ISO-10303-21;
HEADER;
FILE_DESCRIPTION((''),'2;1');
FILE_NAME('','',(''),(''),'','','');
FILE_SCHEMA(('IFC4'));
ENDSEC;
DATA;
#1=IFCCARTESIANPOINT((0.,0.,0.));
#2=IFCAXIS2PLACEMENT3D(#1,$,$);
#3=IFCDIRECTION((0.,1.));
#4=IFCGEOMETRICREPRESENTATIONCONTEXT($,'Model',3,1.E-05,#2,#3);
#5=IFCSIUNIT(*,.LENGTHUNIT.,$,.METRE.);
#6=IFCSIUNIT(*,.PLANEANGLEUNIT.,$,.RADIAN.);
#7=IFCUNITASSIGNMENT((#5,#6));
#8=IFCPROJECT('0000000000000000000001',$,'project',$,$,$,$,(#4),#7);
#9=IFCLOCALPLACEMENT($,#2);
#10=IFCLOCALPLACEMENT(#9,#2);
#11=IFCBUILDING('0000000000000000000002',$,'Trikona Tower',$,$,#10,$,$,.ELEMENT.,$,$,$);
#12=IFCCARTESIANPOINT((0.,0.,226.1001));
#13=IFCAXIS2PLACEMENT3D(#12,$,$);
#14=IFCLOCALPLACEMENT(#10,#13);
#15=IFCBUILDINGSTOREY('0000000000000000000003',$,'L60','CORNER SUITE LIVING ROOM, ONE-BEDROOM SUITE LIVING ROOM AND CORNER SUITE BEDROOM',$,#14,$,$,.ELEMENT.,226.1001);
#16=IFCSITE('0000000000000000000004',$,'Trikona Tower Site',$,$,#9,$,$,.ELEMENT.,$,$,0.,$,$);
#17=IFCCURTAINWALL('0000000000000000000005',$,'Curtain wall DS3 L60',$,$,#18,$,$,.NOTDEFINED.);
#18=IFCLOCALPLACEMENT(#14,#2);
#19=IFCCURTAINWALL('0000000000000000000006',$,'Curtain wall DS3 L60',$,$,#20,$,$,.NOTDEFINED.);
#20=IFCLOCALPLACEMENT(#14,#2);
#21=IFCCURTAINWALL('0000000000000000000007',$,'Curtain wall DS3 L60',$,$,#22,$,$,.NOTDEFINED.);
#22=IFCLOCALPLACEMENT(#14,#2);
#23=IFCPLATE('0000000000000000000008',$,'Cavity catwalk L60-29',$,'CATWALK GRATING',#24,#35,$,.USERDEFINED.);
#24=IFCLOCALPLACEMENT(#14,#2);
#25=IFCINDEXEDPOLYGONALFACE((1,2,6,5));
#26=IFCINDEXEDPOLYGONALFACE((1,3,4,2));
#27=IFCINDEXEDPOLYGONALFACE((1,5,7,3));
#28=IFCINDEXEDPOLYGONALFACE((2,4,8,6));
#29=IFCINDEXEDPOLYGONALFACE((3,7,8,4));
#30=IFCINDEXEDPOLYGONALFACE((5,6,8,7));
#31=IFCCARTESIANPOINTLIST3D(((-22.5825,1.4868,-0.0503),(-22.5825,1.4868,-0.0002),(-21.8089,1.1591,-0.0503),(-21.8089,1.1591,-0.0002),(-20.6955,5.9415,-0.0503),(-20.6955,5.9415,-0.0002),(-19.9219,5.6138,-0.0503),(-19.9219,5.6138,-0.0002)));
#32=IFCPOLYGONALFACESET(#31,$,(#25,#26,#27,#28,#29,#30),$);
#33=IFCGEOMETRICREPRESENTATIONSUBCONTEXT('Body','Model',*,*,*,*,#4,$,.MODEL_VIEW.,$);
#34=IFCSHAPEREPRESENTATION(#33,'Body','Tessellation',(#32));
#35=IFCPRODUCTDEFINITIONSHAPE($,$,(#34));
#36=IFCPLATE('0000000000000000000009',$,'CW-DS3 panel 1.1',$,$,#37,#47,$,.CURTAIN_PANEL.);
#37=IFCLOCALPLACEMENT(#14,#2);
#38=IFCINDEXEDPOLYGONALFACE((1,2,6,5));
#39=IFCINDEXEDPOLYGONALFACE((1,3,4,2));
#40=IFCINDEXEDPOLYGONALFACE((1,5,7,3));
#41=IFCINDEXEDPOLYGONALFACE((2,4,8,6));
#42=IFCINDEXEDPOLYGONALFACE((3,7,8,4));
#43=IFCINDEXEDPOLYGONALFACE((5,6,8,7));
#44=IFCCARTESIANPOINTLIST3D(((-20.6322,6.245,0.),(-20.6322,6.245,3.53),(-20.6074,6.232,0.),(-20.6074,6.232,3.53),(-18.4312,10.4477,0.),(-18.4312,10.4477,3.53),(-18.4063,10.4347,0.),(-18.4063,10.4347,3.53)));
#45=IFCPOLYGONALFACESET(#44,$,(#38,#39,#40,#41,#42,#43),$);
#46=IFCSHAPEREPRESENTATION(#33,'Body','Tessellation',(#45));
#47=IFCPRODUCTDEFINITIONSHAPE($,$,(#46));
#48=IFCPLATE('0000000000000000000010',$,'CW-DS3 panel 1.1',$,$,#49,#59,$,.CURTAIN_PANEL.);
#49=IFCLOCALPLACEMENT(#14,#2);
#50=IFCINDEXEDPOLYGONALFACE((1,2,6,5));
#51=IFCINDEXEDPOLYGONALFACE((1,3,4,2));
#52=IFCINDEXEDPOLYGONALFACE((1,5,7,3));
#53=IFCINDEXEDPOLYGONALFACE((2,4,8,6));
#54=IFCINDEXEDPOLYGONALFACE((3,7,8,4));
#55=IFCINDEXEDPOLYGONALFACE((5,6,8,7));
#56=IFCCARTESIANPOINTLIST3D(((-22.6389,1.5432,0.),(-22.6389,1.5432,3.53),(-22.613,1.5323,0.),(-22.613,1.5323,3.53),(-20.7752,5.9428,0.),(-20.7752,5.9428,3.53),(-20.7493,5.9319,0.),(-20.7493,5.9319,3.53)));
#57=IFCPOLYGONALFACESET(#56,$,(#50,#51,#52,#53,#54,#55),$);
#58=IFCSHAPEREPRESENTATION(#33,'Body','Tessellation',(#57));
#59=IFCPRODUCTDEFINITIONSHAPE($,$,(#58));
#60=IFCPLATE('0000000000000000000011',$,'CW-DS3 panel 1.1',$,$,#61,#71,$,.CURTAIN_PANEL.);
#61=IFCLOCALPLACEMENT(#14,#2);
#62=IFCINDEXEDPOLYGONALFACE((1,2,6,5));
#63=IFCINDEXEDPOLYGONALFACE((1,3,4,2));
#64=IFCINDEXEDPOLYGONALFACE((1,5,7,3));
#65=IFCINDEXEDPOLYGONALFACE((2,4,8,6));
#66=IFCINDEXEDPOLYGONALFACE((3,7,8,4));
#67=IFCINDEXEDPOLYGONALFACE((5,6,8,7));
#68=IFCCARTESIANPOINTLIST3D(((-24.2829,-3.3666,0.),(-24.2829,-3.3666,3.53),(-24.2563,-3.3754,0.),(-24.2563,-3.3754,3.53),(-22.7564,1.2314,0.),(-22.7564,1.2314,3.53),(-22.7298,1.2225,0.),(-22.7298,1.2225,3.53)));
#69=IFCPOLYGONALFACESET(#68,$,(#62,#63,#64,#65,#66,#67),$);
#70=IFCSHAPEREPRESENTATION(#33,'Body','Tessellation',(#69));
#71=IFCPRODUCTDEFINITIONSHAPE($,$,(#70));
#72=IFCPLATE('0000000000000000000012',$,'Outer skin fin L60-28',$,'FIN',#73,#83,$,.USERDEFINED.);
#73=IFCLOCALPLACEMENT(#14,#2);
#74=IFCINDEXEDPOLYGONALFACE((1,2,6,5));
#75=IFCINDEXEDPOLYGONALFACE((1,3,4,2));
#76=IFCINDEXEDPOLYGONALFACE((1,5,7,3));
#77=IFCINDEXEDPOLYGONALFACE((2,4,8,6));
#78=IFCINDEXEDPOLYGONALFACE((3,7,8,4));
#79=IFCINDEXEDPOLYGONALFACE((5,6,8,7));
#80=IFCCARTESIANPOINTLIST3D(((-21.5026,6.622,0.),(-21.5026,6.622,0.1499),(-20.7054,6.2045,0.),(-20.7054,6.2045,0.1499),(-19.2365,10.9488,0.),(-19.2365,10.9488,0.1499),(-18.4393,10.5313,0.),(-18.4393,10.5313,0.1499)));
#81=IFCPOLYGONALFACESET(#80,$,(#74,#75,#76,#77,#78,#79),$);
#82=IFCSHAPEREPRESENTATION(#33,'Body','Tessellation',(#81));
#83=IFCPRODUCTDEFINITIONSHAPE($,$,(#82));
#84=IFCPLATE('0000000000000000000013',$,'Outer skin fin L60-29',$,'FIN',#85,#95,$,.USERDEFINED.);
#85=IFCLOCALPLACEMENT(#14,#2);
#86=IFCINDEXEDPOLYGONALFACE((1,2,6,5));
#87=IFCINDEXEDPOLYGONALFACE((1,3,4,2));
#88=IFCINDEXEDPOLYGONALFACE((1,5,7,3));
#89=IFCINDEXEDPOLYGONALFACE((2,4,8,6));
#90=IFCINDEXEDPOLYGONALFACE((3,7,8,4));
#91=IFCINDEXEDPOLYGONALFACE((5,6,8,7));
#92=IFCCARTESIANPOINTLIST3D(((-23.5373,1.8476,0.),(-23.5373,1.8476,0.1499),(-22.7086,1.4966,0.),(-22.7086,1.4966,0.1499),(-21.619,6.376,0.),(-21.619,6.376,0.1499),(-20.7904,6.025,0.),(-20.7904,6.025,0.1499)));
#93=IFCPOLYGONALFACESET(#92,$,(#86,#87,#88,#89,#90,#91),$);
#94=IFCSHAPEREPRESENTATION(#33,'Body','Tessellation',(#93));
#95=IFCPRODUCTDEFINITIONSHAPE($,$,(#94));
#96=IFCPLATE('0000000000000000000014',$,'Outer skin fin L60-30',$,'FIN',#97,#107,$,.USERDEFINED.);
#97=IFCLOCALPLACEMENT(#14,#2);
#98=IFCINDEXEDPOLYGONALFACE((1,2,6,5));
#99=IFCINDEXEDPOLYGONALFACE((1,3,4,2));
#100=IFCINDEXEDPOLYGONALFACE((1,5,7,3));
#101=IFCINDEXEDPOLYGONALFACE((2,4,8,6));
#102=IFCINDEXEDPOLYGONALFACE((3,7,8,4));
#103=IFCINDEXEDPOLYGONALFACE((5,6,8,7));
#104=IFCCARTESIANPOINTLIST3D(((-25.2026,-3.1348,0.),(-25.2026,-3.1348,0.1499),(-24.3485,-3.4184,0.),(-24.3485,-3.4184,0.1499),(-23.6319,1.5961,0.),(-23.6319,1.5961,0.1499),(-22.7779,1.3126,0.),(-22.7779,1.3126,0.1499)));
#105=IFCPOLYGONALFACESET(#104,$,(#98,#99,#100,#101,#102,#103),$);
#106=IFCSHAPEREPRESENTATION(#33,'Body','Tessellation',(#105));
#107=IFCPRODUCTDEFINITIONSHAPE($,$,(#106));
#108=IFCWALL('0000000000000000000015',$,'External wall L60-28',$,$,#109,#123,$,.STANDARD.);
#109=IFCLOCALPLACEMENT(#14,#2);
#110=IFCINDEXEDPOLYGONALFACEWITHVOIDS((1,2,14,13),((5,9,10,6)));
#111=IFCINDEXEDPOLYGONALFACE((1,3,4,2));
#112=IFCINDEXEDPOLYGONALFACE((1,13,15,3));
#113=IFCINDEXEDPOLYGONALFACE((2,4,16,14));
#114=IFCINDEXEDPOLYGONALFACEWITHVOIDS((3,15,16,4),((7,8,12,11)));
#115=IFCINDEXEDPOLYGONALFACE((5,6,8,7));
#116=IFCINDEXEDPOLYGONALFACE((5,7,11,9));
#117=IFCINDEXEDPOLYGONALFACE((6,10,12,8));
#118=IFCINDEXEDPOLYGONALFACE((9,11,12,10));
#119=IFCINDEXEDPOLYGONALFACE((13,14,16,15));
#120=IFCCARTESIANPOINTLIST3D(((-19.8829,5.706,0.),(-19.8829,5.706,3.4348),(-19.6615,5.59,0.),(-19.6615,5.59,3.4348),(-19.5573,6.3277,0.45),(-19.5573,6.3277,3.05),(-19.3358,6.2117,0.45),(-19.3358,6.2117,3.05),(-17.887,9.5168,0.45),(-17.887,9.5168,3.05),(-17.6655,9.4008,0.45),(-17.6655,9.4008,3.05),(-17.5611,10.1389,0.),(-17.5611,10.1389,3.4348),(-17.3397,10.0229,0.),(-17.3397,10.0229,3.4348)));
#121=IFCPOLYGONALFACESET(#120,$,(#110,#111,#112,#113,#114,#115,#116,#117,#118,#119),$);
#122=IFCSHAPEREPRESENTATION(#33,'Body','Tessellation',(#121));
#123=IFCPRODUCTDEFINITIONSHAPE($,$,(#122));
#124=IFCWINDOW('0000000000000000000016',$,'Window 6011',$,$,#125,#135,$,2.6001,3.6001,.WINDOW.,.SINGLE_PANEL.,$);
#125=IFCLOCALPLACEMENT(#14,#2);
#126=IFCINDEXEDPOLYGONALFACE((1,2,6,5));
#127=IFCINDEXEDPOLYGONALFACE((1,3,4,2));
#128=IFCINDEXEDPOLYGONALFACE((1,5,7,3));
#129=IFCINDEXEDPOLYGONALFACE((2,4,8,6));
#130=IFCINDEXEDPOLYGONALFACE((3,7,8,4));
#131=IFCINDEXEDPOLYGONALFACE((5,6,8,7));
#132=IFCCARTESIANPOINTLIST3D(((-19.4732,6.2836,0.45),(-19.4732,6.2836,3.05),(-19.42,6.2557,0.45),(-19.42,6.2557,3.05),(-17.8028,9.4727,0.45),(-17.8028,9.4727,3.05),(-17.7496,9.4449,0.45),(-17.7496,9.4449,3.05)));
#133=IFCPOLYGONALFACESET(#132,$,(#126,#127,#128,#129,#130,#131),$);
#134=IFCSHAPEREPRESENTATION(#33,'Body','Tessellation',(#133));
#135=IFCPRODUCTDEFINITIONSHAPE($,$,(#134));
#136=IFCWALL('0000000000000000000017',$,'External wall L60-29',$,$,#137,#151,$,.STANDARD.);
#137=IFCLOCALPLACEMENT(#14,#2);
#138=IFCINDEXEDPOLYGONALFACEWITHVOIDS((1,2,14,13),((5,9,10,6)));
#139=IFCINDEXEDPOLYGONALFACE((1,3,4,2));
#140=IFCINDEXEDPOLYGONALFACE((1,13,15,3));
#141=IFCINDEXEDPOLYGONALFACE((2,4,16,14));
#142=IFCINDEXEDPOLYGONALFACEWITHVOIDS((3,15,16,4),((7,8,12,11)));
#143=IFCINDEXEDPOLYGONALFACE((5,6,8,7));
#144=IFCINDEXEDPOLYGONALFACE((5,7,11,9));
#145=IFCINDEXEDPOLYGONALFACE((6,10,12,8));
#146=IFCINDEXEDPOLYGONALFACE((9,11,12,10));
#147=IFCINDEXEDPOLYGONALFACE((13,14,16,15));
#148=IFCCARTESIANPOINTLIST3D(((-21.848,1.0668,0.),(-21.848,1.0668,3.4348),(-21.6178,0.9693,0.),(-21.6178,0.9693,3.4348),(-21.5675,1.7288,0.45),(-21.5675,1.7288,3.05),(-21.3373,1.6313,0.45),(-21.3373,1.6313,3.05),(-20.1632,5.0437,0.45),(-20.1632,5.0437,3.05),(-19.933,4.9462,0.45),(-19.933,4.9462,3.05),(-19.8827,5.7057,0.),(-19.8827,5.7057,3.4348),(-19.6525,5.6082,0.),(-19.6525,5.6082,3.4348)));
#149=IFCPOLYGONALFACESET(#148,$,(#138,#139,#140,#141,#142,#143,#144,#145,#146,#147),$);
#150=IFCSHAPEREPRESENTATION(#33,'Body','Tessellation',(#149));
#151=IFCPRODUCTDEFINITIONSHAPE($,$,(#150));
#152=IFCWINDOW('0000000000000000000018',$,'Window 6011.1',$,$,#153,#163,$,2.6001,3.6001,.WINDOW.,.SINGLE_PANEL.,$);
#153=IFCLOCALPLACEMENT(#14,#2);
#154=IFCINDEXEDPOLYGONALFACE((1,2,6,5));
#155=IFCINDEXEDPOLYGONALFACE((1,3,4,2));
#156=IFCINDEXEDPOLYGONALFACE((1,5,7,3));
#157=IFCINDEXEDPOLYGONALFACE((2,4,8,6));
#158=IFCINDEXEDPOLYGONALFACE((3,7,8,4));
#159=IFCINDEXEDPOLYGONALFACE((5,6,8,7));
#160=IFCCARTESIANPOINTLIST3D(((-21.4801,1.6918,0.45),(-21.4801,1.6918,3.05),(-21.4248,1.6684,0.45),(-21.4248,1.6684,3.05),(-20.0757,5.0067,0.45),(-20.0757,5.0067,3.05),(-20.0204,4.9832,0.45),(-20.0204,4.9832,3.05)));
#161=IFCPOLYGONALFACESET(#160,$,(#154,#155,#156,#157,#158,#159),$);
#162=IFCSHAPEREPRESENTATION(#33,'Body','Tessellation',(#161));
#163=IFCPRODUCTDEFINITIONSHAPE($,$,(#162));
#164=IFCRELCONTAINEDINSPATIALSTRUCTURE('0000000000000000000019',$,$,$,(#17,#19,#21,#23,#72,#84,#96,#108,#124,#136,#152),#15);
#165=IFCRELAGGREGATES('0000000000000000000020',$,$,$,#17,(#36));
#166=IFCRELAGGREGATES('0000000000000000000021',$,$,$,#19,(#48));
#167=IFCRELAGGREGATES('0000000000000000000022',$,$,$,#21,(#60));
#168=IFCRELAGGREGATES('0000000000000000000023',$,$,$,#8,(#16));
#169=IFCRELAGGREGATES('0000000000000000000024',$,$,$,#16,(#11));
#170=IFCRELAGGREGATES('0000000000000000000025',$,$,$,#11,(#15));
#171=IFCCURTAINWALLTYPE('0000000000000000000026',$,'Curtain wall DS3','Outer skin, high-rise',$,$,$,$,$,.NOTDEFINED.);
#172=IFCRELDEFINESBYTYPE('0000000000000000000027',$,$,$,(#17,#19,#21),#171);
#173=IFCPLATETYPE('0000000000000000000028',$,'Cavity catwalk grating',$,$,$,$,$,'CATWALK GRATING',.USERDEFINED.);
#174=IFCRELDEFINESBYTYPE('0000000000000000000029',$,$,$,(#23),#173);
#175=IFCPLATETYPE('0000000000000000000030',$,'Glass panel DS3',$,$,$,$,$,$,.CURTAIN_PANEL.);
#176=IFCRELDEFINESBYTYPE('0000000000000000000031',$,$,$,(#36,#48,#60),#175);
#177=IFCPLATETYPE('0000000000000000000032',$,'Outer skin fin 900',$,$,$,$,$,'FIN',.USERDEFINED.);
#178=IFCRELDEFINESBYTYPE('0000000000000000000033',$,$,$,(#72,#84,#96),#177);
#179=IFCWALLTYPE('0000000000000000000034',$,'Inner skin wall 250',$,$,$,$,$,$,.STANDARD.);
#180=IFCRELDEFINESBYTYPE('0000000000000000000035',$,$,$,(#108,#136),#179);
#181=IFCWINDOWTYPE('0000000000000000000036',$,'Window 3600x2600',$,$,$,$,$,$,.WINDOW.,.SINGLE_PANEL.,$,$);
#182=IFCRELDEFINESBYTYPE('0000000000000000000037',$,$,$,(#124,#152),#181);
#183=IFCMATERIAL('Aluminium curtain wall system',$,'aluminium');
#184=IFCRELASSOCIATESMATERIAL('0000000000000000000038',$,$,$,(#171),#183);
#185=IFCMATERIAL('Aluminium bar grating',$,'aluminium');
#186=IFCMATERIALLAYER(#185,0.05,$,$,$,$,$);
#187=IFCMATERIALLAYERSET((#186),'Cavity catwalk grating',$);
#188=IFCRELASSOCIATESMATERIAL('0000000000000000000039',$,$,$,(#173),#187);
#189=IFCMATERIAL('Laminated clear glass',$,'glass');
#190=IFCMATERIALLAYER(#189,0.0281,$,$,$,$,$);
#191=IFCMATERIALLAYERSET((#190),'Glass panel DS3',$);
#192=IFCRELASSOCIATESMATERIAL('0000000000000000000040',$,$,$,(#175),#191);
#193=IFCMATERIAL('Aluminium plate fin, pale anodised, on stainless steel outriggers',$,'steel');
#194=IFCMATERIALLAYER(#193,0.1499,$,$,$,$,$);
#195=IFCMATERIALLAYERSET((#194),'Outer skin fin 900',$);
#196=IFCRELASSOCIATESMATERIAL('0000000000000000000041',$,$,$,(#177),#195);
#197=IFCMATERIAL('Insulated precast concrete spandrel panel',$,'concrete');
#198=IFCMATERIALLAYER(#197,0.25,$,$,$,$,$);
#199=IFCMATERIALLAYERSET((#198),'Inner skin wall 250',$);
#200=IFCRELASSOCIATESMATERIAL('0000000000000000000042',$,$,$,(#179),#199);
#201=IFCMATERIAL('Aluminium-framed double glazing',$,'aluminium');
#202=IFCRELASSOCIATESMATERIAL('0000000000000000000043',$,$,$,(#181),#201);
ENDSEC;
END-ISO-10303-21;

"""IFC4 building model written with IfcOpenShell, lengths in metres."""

from ifc_helpers import new_model, si_unit, direction, frame, frame_2d, origin, origin_2d, place, context, subcontext, project, spatial, rectangle, extrude, material, layer, layer_set, type_object, element, fill, aggregate, save


model = new_model("IFC4")

# Units and contexts
model_context = context("Model", 3, precision=1e-05, world=origin(), true_north=direction((0.0, 1.0)))
body_context = subcontext(model_context, "Body", "Model", "MODEL_VIEW")
ifc_project = project(units=[si_unit("LENGTHUNIT", "METRE"), si_unit("PLANEANGLEUNIT", "RADIAN")], contexts=[model_context])

# Site, building, storey
site_placement = place(None, origin())
site = spatial("IfcSite", under=ifc_project, at=site_placement, Name="Trikona Tower Site", CompositionType="ELEMENT", RefElevation=0.0)
building_placement = place(site_placement, origin())
building = spatial("IfcBuilding", under=site, at=building_placement, Name="Trikona Tower", CompositionType="ELEMENT")
storey_placement = place(building_placement, frame((0.0, 0.0, 226.1001)))
storey = spatial("IfcBuildingStorey", under=building, at=storey_placement, Name="L60", Description="CORNER SUITE LIVING ROOM, ONE-BEDROOM SUITE LIVING ROOM AND CORNER SUITE BEDROOM", CompositionType="ELEMENT", Elevation=226.1001)

# Shared definitions
ifc_material_1 = material(Name="Aluminium curtain wall system", Category="aluminium")
curtain_wall_type = type_object("IfcCurtainWallType", Name="Curtain wall DS3", Description="Outer skin, high-rise", PredefinedType="NOTDEFINED", material=ifc_material_1)

# Curtain walls
curtain_wall_1_placement = place(storey_placement, origin())
curtain_wall_1 = element("IfcCurtainWall", 1, at=curtain_wall_1_placement, inside=storey, type_object=curtain_wall_type, Name="Curtain wall DS3 L60", PredefinedType="NOTDEFINED")
curtain_wall_2_placement = place(storey_placement, origin())
curtain_wall_2 = element("IfcCurtainWall", 2, at=curtain_wall_2_placement, inside=storey, type_object=curtain_wall_type, Name="Curtain wall DS3 L60", PredefinedType="NOTDEFINED")

# Curtain wall
curtain_wall_3_placement = place(storey_placement, origin())
curtain_wall_3 = element("IfcCurtainWall", 3, at=curtain_wall_3_placement, inside=storey, type_object=curtain_wall_type, Name="Curtain wall DS3 L60", PredefinedType="NOTDEFINED")

# Plate
ifc_material_2 = material(Name="Aluminium bar grating", Category="aluminium")
ifc_layer_1 = layer(ifc_material_2, 0.05)
ifc_layer_set_1 = layer_set([ifc_layer_1], Name="Cavity catwalk grating")
plate_type_1 = type_object("IfcPlateType", Name="Cavity catwalk grating", ElementType="CATWALK GRATING", PredefinedType="USERDEFINED", material=ifc_layer_set_1)
plate_1_placement = place(storey_placement, frame((-21.2522, 3.5503, -0.0503), z_axis=(0.0, 0.0, 1.0), x_axis=(-0.390051, -0.920793, 0.0)))
element("IfcPlate", 4, at=plate_1_placement, inside=storey, type_object=plate_type_1, Name="Cavity catwalk L60-29", ObjectType="CATWALK GRATING", PredefinedType="USERDEFINED", context=body_context, shape_type="SweptSolid", body=[
    extrude(rectangle(XDim=4.8379, YDim=0.8401, at=origin_2d()), origin(), (0.0, 0.0, 1.0), 0.05),
])

# Plates
ifc_material_3 = material(Name="Laminated clear glass", Category="glass")
ifc_layer_2 = layer(ifc_material_3, 0.0281)
ifc_layer_set_2 = layer_set([ifc_layer_2], Name="Glass panel DS3")
plate_type_2 = type_object("IfcPlateType", Name="Glass panel DS3", PredefinedType="CURTAIN_PANEL", material=ifc_layer_set_2)
plate_2_placement = place(storey_placement, frame((-19.5193, 8.3398, 0.0), z_axis=(0.0, 0.0, 1.0), x_axis=(-0.463948, -0.885862, 0.0)))
plate_2 = element("IfcPlate", 5, at=plate_2_placement, type_object=plate_type_2, Name="CW-DS3 panel 1.1", PredefinedType="CURTAIN_PANEL", context=body_context, shape_type="SweptSolid", body=[
    extrude(rectangle(XDim=4.7441, YDim=0.0281, at=origin_2d()), origin(), (0.0, 0.0, 1.0), 3.53),
])
aggregate(curtain_wall_1, [plate_2])
plate_3_placement = place(storey_placement, frame((-21.6941, 3.7375, 0.0), z_axis=(0.0, 0.0, 1.0), x_axis=(-0.390053, -0.920792, 0.0)))
plate_3 = element("IfcPlate", 6, at=plate_3_placement, type_object=plate_type_2, Name="CW-DS3 panel 1.1", PredefinedType="CURTAIN_PANEL", context=body_context, shape_type="SweptSolid", body=[
    extrude(rectangle(XDim=4.7781, YDim=0.0281, at=origin_2d()), origin(), (0.0, 0.0, 1.0), 3.53),
])
aggregate(curtain_wall_2, [plate_3])
plate_4_placement = place(storey_placement, frame((-23.5063, -1.072, 0.0), z_axis=(0.0, 0.0, 1.0), x_axis=(-0.315078, -0.949066, 0.0)))
plate_4 = element("IfcPlate", 7, at=plate_4_placement, type_object=plate_type_2, Name="CW-DS3 panel 1.1", PredefinedType="CURTAIN_PANEL", context=body_context, shape_type="SweptSolid", body=[
    extrude(rectangle(XDim=4.8447, YDim=0.0281, at=origin_2d()), origin(), (0.0, 0.0, 1.0), 3.53),
])
aggregate(curtain_wall_3, [plate_4])

# Plates
ifc_material_4 = material(Name="Aluminium plate fin, pale anodised, on stainless steel outriggers", Category="steel")
ifc_layer_3 = layer(ifc_material_4, 0.1499)
ifc_layer_set_3 = layer_set([ifc_layer_3], Name="Outer skin fin 900")
plate_type_3 = type_object("IfcPlateType", Name="Outer skin fin 900", ElementType="FIN", PredefinedType="USERDEFINED", material=ifc_layer_set_3)
plate_5_placement = place(storey_placement, frame((-19.9709, 8.5767, 0.0), z_axis=(0.0, 0.0, 1.0), x_axis=(-0.463952, -0.88586, 0.0)))
element("IfcPlate", 8, at=plate_5_placement, inside=storey, type_object=plate_type_3, Name="Outer skin fin L60-28", ObjectType="FIN", PredefinedType="USERDEFINED", context=body_context, shape_type="SweptSolid", body=[
    extrude(rectangle(XDim=4.8843, YDim=0.8999, at=origin_2d()), origin(), (0.0, 0.0, 1.0), 0.1499),
])
plate_6_placement = place(storey_placement, frame((-22.1638, 3.9363, 0.0), z_axis=(0.0, 0.0, 1.0), x_axis=(-0.390051, -0.920793, 0.0)))
element("IfcPlate", 9, at=plate_6_placement, inside=storey, type_object=plate_type_3, Name="Outer skin fin L60-29", ObjectType="FIN", PredefinedType="USERDEFINED", context=body_context, shape_type="SweptSolid", body=[
    extrude(rectangle(XDim=4.918, YDim=0.8999, at=origin_2d()), origin(), (0.0, 0.0, 1.0), 0.1499),
])
plate_7_placement = place(storey_placement, frame((-23.9902, -0.9111, 0.0), z_axis=(0.0, 0.0, 1.0), x_axis=(-0.315093, -0.949061, 0.0)))
element("IfcPlate", 10, at=plate_7_placement, inside=storey, type_object=plate_type_3, Name="Outer skin fin L60-30", ObjectType="FIN", PredefinedType="USERDEFINED", context=body_context, shape_type="SweptSolid", body=[
    extrude(rectangle(XDim=4.9849, YDim=0.8999, at=origin_2d()), origin(), (0.0, 0.0, 1.0), 0.1499),
])

# Walls, openings, windows
ifc_material_5 = material(Name="Insulated precast concrete spandrel panel", Category="concrete")
ifc_layer_4 = layer(ifc_material_5, 0.25)
ifc_layer_set_4 = layer_set([ifc_layer_4], Name="Inner skin wall 250")
wall_type = type_object("IfcWallType", Name="Inner skin wall 250", PredefinedType="STANDARD", material=ifc_layer_set_4)
wall_1_placement = place(storey_placement, frame((-17.4504, 10.0808, 0.0), z_axis=(0.0, 0.0, 1.0), x_axis=(-0.463976, -0.885848, 0.0)))
wall_1 = element("IfcWall", 11, at=wall_1_placement, inside=storey, type_object=wall_type, Name="External wall L60-28", PredefinedType="STANDARD", context=body_context, shape_type="SweptSolid", body=[
    extrude(rectangle(XDim=5.0042, YDim=0.25, at=frame_2d((2.502, 0.0))), origin(), (0.0, 0.0, 1.0), 3.4348),
])
opening_1_placement = place(wall_1_placement, frame((0.7021, 0.0, 0.45)))
opening_1 = element("IfcOpeningElement", 12, at=opening_1_placement, cuts=wall_1, PredefinedType="OPENING", context=body_context, shape_type="SweptSolid", body=[
    extrude(rectangle(XDim=3.6001, YDim=2.6001, at=frame_2d((1.8, 1.3))), frame((0.0, 0.135, 0.0), z_axis=(0.0, -1.0, 0.0), x_axis=(1.0, 0.0, 0.0)), (0.0, 0.0, 1.0), 0.27),
])
ifc_material_6 = material(Name="Aluminium-framed double glazing", Category="aluminium")
window_type = type_object("IfcWindowType", Name="Window 3600x2600", PartitioningType="SINGLE_PANEL", PredefinedType="WINDOW", material=ifc_material_6)
window_1_placement = place(opening_1_placement, origin())
window_1 = element("IfcWindow", 13, at=window_1_placement, inside=storey, type_object=window_type, Name="Window 6011", OverallHeight=2.6001, OverallWidth=3.6001, PartitioningType="SINGLE_PANEL", PredefinedType="WINDOW", context=body_context, shape_type="SweptSolid", body=[
    extrude(rectangle(XDim=3.6001, YDim=2.6001, at=frame_2d((1.8, 1.3))), frame((0.0, 0.03, 0.0), z_axis=(0.0, -1.0, 0.0), x_axis=(1.0, 0.0, 0.0)), (0.0, 0.0, 1.0), 0.0601),
])
fill(opening_1, window_1)
wall_2_placement = place(storey_placement, frame((-19.7676, 5.657, 0.0), z_axis=(0.0, 0.0, 1.0), x_axis=(-0.390097, -0.920774, 0.0)))
wall_2 = element("IfcWall", 14, at=wall_2_placement, inside=storey, type_object=wall_type, Name="External wall L60-29", PredefinedType="STANDARD", context=body_context, shape_type="SweptSolid", body=[
    extrude(rectangle(XDim=5.0381, YDim=0.25, at=frame_2d((2.519, 0.0))), origin(), (0.0, 0.0, 1.0), 3.4348),
])
opening_2_placement = place(wall_2_placement, frame((0.719, 0.0, 0.45)))
opening_2 = element("IfcOpeningElement", 15, at=opening_2_placement, cuts=wall_2, PredefinedType="OPENING", context=body_context, shape_type="SweptSolid", body=[
    extrude(rectangle(XDim=3.6001, YDim=2.6001, at=frame_2d((1.8, 1.3))), frame((0.0, 0.135, 0.0), z_axis=(0.0, -1.0, 0.0), x_axis=(1.0, 0.0, 0.0)), (0.0, 0.0, 1.0), 0.27),
])
window_2_placement = place(opening_2_placement, origin())
window_2 = element("IfcWindow", 16, at=window_2_placement, inside=storey, type_object=window_type, Name="Window 6011.1", OverallHeight=2.6001, OverallWidth=3.6001, PartitioningType="SINGLE_PANEL", PredefinedType="WINDOW", context=body_context, shape_type="SweptSolid", body=[
    extrude(rectangle(XDim=3.6001, YDim=2.6001, at=frame_2d((1.8, 1.3))), frame((0.0, 0.03, 0.0), z_axis=(0.0, -1.0, 0.0), x_axis=(1.0, 0.0, 0.0)), (0.0, 0.0, 1.0), 0.0601),
])
fill(opening_2, window_2)

save(model, "model.ifc")
